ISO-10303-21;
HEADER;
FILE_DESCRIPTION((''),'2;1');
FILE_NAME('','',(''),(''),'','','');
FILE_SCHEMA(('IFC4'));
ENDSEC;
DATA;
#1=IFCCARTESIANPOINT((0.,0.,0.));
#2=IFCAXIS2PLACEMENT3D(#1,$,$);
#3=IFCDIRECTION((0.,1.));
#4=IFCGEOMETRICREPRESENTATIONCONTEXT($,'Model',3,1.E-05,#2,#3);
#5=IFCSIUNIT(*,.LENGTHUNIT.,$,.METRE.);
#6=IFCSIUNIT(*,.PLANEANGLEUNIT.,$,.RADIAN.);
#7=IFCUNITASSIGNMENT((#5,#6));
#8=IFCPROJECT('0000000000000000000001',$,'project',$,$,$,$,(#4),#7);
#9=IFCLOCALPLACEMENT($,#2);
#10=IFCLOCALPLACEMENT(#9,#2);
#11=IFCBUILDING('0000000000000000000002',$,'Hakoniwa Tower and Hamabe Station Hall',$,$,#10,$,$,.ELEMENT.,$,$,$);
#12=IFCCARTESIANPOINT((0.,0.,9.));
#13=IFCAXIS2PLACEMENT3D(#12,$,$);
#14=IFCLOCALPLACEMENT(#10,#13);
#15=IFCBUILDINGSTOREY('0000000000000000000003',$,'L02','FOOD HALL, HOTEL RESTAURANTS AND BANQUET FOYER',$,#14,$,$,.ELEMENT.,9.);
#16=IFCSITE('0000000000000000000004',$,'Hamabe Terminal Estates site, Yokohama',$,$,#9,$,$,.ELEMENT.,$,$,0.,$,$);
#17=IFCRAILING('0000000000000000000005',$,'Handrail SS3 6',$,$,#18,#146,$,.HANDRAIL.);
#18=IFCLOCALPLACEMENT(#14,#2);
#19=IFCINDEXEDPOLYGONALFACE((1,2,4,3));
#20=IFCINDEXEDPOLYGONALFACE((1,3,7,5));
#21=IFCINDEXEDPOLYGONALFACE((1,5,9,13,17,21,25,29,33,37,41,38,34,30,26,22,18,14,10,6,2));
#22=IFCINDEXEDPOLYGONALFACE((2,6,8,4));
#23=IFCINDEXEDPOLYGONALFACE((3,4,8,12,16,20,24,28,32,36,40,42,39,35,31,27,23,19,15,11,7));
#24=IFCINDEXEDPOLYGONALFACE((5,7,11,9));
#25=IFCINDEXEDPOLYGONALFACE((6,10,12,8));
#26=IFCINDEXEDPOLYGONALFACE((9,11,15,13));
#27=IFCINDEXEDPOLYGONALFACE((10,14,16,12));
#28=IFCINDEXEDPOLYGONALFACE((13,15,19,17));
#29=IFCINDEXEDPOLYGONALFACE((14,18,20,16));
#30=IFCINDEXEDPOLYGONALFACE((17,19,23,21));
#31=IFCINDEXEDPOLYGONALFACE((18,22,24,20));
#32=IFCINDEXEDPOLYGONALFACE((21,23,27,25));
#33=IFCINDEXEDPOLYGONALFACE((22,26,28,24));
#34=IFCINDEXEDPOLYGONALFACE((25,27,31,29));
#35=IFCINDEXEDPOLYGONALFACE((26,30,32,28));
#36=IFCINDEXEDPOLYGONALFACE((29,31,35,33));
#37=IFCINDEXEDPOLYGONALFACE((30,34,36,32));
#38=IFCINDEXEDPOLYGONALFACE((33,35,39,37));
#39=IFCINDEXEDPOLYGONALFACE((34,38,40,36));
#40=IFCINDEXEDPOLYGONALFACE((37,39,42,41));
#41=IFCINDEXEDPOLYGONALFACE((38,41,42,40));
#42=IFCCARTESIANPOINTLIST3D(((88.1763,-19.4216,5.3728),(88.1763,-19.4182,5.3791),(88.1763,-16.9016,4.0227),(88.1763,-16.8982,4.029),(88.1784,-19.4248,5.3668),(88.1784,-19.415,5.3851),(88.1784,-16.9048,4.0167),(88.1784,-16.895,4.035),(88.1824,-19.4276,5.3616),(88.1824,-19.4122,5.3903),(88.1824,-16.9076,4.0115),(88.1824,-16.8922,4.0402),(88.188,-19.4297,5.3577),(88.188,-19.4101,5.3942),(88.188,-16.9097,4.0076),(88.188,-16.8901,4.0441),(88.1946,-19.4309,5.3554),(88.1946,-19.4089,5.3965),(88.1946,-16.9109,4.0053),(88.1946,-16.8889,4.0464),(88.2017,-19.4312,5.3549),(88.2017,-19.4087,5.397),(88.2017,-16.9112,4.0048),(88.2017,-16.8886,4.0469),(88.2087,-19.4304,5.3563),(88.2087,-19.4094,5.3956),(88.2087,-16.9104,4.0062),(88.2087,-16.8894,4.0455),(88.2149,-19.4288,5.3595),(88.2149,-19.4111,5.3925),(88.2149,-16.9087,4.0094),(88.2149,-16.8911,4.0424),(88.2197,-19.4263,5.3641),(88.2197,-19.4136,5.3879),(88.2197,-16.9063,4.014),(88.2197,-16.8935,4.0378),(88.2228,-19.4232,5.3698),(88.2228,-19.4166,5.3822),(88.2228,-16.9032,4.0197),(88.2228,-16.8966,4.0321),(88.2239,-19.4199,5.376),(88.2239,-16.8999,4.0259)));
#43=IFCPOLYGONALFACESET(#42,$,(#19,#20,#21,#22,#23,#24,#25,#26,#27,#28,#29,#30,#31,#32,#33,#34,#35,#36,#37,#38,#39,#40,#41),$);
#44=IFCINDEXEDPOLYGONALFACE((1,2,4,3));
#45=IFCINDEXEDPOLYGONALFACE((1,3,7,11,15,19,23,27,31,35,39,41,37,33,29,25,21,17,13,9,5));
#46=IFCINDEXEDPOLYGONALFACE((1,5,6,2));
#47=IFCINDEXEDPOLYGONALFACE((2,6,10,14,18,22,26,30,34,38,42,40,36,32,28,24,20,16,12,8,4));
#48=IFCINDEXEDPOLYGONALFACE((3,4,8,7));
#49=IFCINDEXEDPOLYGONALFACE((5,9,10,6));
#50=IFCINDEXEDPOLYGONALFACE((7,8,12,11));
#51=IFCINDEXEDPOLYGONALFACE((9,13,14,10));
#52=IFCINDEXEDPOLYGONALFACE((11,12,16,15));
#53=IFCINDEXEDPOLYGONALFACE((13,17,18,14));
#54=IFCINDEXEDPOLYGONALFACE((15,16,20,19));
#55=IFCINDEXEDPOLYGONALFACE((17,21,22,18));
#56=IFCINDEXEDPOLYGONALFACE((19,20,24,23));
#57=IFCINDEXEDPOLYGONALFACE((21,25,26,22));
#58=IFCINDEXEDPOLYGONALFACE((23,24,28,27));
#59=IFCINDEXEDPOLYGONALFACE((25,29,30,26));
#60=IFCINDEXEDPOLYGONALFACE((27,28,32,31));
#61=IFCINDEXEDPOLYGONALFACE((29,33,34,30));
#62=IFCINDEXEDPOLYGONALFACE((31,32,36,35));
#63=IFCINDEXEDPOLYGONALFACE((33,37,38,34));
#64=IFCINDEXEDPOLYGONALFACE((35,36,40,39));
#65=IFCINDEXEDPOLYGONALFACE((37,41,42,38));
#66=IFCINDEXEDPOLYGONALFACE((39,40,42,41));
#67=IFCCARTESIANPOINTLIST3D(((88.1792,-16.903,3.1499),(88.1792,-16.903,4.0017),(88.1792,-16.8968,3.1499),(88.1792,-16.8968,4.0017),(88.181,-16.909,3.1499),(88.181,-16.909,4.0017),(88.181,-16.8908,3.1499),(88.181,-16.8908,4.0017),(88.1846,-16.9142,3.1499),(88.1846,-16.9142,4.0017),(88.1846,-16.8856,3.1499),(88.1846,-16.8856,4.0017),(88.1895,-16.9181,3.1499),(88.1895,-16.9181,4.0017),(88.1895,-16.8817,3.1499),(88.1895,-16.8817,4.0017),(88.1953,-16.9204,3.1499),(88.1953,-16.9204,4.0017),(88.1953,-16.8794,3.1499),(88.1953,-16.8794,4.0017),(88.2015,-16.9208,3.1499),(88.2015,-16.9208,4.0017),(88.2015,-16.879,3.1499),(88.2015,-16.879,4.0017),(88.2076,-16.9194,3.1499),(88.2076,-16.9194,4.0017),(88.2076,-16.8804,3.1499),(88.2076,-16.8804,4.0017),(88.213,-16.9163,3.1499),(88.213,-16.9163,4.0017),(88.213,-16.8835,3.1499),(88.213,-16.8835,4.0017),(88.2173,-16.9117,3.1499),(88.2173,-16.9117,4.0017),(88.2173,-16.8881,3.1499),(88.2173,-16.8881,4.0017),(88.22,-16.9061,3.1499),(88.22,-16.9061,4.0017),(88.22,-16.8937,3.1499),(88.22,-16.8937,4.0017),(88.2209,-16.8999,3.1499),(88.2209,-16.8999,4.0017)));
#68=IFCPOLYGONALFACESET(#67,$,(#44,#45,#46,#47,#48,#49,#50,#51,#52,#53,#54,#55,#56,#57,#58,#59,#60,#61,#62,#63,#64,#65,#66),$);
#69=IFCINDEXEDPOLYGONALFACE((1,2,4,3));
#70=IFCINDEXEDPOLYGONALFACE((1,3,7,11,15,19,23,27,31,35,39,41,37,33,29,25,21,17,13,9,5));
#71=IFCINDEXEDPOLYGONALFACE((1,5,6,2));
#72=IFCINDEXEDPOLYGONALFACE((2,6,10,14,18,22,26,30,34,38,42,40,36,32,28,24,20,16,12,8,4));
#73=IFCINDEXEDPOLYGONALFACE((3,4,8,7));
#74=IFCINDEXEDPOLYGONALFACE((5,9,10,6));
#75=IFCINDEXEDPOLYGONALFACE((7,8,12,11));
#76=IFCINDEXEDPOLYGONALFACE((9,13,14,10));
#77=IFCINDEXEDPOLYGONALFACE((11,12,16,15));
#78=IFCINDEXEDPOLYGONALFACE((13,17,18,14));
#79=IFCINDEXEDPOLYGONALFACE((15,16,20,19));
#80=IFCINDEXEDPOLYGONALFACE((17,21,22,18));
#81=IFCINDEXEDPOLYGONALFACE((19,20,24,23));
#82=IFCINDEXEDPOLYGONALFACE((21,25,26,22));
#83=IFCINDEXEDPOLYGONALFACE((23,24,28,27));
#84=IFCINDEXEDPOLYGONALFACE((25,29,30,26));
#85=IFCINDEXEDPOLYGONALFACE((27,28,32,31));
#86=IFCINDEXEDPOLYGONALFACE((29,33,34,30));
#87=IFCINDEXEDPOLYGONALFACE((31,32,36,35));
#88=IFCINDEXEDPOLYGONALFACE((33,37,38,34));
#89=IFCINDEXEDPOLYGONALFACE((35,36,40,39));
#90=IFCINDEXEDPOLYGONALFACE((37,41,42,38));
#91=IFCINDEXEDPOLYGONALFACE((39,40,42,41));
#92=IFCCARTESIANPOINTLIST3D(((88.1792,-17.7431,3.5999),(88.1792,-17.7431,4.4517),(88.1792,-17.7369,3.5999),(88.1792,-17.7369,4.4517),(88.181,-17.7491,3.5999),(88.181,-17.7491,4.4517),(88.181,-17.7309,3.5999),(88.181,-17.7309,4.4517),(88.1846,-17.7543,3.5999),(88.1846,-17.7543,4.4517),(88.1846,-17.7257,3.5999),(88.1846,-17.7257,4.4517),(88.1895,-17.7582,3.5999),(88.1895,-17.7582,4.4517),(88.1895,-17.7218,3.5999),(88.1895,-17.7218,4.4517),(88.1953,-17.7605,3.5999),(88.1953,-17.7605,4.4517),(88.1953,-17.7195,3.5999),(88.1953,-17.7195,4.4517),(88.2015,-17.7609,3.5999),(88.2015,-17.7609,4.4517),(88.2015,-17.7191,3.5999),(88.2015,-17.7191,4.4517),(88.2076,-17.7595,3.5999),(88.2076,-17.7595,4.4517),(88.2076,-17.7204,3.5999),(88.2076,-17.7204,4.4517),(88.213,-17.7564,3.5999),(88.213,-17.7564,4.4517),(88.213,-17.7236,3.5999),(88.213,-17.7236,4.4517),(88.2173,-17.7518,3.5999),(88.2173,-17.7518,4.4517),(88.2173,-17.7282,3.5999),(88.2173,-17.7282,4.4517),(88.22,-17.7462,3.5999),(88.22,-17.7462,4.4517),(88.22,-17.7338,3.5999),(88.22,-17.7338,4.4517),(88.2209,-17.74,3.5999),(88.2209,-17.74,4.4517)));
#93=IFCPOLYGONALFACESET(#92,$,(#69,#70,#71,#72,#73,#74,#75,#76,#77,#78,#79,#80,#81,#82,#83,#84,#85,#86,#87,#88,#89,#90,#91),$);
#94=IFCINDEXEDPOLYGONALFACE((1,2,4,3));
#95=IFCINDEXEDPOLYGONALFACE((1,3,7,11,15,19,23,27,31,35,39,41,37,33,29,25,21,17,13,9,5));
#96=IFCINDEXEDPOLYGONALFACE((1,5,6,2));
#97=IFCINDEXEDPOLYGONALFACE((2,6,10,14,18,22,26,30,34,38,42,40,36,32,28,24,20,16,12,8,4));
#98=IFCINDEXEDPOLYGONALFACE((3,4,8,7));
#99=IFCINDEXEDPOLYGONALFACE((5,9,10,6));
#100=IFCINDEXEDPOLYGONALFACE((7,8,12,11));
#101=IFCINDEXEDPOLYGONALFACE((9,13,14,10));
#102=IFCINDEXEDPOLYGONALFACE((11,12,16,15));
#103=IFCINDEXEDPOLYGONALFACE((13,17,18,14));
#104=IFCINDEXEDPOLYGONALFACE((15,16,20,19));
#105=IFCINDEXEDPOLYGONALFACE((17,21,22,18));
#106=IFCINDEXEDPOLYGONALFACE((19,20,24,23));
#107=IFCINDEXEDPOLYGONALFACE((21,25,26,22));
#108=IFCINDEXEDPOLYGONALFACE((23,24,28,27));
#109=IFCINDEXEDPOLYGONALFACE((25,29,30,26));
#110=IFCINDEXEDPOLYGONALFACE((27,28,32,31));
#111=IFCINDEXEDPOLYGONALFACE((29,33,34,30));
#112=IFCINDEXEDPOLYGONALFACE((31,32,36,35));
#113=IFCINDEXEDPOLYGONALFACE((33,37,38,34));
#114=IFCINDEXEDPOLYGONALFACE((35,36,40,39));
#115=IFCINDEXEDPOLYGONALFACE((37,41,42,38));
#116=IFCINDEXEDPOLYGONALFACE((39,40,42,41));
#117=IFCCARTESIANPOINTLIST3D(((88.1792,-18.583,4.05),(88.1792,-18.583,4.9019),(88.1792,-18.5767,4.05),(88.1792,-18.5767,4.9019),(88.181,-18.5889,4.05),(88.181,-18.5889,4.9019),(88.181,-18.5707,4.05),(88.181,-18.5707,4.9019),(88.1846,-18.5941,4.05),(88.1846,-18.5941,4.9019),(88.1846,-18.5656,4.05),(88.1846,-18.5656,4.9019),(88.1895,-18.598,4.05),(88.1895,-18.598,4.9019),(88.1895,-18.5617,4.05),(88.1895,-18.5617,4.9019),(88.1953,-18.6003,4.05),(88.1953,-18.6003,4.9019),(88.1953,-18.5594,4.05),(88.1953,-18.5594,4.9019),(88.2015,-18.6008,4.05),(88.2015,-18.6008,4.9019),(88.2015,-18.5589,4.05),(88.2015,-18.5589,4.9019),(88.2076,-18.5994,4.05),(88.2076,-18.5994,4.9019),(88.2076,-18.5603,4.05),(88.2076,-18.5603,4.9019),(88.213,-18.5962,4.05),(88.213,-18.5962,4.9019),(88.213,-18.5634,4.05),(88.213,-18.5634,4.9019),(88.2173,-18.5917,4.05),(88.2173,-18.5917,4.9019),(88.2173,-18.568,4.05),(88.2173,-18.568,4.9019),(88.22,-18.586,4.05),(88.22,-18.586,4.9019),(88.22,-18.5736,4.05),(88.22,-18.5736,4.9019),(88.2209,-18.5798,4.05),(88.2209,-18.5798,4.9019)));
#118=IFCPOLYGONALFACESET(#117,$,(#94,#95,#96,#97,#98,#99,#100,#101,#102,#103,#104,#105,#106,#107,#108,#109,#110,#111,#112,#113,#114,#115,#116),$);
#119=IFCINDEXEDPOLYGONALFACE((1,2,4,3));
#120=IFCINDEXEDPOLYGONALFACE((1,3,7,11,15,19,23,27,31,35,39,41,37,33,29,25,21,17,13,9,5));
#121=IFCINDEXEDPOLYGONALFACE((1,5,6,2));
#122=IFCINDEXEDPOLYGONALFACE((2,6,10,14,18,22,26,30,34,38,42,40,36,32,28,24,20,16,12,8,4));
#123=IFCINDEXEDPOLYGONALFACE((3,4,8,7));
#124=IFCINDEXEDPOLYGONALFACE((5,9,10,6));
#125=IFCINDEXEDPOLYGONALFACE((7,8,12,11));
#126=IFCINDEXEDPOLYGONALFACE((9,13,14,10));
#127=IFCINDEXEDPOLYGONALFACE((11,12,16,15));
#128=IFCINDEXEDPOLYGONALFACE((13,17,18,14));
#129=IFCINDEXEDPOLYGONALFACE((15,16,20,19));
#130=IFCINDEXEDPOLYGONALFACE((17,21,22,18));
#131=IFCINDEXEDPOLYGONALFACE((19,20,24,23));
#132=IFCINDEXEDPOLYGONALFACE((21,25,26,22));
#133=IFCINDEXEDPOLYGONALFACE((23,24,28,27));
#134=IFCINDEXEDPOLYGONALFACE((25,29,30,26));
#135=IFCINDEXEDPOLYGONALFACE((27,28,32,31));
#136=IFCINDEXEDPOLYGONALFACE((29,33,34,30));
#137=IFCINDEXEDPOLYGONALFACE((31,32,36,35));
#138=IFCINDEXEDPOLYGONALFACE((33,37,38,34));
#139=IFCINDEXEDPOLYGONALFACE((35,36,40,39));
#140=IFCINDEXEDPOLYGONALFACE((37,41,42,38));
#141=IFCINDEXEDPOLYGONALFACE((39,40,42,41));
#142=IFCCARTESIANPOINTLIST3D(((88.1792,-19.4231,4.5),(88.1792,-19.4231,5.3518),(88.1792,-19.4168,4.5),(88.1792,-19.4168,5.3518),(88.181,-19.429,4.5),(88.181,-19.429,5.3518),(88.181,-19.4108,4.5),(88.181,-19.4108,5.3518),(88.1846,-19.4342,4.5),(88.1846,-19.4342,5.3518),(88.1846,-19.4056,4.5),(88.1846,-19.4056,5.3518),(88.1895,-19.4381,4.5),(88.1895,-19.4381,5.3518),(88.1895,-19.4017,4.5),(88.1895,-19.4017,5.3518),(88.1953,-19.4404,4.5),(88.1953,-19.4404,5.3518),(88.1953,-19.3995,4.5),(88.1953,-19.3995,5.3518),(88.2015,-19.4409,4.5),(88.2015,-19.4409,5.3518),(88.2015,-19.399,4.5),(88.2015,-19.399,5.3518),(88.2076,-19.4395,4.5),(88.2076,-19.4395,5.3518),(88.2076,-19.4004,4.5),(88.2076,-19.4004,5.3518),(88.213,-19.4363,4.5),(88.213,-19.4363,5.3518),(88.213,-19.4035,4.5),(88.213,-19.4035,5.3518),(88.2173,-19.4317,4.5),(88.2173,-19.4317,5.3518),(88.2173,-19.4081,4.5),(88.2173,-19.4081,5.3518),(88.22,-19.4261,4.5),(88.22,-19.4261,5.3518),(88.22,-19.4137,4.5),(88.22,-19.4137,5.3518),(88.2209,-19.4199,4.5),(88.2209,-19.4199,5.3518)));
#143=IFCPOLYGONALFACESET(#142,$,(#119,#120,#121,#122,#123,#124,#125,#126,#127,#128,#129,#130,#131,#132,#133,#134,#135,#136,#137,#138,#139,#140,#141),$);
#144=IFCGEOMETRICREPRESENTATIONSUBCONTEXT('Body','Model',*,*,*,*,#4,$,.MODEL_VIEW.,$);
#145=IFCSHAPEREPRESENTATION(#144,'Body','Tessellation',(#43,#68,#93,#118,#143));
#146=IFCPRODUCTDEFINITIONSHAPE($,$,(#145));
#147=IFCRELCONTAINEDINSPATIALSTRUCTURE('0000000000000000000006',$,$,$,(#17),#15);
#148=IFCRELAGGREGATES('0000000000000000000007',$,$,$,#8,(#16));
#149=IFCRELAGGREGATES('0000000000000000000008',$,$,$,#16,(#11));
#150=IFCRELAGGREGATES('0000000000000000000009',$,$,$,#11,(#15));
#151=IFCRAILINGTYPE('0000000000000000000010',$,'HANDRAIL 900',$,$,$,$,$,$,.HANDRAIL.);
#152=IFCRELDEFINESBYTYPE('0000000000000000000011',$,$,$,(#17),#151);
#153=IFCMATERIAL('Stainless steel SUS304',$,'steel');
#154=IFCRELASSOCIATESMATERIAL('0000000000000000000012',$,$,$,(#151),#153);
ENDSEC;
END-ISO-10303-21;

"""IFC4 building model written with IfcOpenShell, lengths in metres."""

from ifc_helpers import new_model, si_unit, direction, frame, origin, origin_2d, place, context, subcontext, project, spatial, circle, extrude, material, type_object, element, save


model = new_model("IFC4")

# Units and contexts
model_context = context("Model", 3, precision=1e-05, world=origin(), true_north=direction((0.0, 1.0)))
body_context = subcontext(model_context, "Body", "Model", "MODEL_VIEW")
ifc_project = project(units=[si_unit("LENGTHUNIT", "METRE"), si_unit("PLANEANGLEUNIT", "RADIAN")], contexts=[model_context])

# Site, building, storey
site_placement = place(None, origin())
site = spatial("IfcSite", under=ifc_project, at=site_placement, Name="Hamabe Terminal Estates site, Yokohama", CompositionType="ELEMENT", RefElevation=0.0)
building_placement = place(site_placement, origin())
building = spatial("IfcBuilding", under=site, at=building_placement, Name="Hakoniwa Tower and Hamabe Station Hall", CompositionType="ELEMENT")
storey_placement = place(building_placement, frame((0.0, 0.0, 9.0)))
storey = spatial("IfcBuildingStorey", under=building, at=storey_placement, Name="L02", Description="FOOD HALL, HOTEL RESTAURANTS AND BANQUET FOYER", CompositionType="ELEMENT", Elevation=9.0)

# Railing
ifc_material_1 = material(Name="Stainless steel SUS304", Category="steel")
railing_type_1 = type_object("IfcRailingType", Name="HANDRAIL 900", PredefinedType="HANDRAIL", material=ifc_material_1)
for number, where, name in (
    (1, (88.2, -16.8999, 3.1499), "Handrail SS3 6"),
):
    element("IfcRailing", number, at=place(storey_placement, frame(where)), inside=storey, type_object=railing_type_1, Name=name, PredefinedType="HANDRAIL", context=body_context, shape_type="SweptSolid", body=[
        extrude(circle(Radius=0.0239, at=origin_2d()), frame((0.0, 0.0, 0.876), z_axis=(0.0, -0.881467, 0.472245), x_axis=(1.0, 0.0, 0.0)), (0.0, 0.0, 1.0), 2.8589),
        extrude(circle(Radius=0.021, at=origin_2d()), origin(), (0.0, 0.0, 1.0), 0.8518),
        extrude(circle(Radius=0.021, at=origin_2d()), frame((0.0, -0.8401, 0.45)), (0.0, 0.0, 1.0), 0.8518),
        extrude(circle(Radius=0.021, at=origin_2d()), frame((0.0, -1.6799, 0.9001)), (0.0, 0.0, 1.0), 0.8518),
        extrude(circle(Radius=0.021, at=origin_2d()), frame((0.0, -2.52, 1.3501)), (0.0, 0.0, 1.0), 0.8518),
    ])

save(model, "model.ifc")
